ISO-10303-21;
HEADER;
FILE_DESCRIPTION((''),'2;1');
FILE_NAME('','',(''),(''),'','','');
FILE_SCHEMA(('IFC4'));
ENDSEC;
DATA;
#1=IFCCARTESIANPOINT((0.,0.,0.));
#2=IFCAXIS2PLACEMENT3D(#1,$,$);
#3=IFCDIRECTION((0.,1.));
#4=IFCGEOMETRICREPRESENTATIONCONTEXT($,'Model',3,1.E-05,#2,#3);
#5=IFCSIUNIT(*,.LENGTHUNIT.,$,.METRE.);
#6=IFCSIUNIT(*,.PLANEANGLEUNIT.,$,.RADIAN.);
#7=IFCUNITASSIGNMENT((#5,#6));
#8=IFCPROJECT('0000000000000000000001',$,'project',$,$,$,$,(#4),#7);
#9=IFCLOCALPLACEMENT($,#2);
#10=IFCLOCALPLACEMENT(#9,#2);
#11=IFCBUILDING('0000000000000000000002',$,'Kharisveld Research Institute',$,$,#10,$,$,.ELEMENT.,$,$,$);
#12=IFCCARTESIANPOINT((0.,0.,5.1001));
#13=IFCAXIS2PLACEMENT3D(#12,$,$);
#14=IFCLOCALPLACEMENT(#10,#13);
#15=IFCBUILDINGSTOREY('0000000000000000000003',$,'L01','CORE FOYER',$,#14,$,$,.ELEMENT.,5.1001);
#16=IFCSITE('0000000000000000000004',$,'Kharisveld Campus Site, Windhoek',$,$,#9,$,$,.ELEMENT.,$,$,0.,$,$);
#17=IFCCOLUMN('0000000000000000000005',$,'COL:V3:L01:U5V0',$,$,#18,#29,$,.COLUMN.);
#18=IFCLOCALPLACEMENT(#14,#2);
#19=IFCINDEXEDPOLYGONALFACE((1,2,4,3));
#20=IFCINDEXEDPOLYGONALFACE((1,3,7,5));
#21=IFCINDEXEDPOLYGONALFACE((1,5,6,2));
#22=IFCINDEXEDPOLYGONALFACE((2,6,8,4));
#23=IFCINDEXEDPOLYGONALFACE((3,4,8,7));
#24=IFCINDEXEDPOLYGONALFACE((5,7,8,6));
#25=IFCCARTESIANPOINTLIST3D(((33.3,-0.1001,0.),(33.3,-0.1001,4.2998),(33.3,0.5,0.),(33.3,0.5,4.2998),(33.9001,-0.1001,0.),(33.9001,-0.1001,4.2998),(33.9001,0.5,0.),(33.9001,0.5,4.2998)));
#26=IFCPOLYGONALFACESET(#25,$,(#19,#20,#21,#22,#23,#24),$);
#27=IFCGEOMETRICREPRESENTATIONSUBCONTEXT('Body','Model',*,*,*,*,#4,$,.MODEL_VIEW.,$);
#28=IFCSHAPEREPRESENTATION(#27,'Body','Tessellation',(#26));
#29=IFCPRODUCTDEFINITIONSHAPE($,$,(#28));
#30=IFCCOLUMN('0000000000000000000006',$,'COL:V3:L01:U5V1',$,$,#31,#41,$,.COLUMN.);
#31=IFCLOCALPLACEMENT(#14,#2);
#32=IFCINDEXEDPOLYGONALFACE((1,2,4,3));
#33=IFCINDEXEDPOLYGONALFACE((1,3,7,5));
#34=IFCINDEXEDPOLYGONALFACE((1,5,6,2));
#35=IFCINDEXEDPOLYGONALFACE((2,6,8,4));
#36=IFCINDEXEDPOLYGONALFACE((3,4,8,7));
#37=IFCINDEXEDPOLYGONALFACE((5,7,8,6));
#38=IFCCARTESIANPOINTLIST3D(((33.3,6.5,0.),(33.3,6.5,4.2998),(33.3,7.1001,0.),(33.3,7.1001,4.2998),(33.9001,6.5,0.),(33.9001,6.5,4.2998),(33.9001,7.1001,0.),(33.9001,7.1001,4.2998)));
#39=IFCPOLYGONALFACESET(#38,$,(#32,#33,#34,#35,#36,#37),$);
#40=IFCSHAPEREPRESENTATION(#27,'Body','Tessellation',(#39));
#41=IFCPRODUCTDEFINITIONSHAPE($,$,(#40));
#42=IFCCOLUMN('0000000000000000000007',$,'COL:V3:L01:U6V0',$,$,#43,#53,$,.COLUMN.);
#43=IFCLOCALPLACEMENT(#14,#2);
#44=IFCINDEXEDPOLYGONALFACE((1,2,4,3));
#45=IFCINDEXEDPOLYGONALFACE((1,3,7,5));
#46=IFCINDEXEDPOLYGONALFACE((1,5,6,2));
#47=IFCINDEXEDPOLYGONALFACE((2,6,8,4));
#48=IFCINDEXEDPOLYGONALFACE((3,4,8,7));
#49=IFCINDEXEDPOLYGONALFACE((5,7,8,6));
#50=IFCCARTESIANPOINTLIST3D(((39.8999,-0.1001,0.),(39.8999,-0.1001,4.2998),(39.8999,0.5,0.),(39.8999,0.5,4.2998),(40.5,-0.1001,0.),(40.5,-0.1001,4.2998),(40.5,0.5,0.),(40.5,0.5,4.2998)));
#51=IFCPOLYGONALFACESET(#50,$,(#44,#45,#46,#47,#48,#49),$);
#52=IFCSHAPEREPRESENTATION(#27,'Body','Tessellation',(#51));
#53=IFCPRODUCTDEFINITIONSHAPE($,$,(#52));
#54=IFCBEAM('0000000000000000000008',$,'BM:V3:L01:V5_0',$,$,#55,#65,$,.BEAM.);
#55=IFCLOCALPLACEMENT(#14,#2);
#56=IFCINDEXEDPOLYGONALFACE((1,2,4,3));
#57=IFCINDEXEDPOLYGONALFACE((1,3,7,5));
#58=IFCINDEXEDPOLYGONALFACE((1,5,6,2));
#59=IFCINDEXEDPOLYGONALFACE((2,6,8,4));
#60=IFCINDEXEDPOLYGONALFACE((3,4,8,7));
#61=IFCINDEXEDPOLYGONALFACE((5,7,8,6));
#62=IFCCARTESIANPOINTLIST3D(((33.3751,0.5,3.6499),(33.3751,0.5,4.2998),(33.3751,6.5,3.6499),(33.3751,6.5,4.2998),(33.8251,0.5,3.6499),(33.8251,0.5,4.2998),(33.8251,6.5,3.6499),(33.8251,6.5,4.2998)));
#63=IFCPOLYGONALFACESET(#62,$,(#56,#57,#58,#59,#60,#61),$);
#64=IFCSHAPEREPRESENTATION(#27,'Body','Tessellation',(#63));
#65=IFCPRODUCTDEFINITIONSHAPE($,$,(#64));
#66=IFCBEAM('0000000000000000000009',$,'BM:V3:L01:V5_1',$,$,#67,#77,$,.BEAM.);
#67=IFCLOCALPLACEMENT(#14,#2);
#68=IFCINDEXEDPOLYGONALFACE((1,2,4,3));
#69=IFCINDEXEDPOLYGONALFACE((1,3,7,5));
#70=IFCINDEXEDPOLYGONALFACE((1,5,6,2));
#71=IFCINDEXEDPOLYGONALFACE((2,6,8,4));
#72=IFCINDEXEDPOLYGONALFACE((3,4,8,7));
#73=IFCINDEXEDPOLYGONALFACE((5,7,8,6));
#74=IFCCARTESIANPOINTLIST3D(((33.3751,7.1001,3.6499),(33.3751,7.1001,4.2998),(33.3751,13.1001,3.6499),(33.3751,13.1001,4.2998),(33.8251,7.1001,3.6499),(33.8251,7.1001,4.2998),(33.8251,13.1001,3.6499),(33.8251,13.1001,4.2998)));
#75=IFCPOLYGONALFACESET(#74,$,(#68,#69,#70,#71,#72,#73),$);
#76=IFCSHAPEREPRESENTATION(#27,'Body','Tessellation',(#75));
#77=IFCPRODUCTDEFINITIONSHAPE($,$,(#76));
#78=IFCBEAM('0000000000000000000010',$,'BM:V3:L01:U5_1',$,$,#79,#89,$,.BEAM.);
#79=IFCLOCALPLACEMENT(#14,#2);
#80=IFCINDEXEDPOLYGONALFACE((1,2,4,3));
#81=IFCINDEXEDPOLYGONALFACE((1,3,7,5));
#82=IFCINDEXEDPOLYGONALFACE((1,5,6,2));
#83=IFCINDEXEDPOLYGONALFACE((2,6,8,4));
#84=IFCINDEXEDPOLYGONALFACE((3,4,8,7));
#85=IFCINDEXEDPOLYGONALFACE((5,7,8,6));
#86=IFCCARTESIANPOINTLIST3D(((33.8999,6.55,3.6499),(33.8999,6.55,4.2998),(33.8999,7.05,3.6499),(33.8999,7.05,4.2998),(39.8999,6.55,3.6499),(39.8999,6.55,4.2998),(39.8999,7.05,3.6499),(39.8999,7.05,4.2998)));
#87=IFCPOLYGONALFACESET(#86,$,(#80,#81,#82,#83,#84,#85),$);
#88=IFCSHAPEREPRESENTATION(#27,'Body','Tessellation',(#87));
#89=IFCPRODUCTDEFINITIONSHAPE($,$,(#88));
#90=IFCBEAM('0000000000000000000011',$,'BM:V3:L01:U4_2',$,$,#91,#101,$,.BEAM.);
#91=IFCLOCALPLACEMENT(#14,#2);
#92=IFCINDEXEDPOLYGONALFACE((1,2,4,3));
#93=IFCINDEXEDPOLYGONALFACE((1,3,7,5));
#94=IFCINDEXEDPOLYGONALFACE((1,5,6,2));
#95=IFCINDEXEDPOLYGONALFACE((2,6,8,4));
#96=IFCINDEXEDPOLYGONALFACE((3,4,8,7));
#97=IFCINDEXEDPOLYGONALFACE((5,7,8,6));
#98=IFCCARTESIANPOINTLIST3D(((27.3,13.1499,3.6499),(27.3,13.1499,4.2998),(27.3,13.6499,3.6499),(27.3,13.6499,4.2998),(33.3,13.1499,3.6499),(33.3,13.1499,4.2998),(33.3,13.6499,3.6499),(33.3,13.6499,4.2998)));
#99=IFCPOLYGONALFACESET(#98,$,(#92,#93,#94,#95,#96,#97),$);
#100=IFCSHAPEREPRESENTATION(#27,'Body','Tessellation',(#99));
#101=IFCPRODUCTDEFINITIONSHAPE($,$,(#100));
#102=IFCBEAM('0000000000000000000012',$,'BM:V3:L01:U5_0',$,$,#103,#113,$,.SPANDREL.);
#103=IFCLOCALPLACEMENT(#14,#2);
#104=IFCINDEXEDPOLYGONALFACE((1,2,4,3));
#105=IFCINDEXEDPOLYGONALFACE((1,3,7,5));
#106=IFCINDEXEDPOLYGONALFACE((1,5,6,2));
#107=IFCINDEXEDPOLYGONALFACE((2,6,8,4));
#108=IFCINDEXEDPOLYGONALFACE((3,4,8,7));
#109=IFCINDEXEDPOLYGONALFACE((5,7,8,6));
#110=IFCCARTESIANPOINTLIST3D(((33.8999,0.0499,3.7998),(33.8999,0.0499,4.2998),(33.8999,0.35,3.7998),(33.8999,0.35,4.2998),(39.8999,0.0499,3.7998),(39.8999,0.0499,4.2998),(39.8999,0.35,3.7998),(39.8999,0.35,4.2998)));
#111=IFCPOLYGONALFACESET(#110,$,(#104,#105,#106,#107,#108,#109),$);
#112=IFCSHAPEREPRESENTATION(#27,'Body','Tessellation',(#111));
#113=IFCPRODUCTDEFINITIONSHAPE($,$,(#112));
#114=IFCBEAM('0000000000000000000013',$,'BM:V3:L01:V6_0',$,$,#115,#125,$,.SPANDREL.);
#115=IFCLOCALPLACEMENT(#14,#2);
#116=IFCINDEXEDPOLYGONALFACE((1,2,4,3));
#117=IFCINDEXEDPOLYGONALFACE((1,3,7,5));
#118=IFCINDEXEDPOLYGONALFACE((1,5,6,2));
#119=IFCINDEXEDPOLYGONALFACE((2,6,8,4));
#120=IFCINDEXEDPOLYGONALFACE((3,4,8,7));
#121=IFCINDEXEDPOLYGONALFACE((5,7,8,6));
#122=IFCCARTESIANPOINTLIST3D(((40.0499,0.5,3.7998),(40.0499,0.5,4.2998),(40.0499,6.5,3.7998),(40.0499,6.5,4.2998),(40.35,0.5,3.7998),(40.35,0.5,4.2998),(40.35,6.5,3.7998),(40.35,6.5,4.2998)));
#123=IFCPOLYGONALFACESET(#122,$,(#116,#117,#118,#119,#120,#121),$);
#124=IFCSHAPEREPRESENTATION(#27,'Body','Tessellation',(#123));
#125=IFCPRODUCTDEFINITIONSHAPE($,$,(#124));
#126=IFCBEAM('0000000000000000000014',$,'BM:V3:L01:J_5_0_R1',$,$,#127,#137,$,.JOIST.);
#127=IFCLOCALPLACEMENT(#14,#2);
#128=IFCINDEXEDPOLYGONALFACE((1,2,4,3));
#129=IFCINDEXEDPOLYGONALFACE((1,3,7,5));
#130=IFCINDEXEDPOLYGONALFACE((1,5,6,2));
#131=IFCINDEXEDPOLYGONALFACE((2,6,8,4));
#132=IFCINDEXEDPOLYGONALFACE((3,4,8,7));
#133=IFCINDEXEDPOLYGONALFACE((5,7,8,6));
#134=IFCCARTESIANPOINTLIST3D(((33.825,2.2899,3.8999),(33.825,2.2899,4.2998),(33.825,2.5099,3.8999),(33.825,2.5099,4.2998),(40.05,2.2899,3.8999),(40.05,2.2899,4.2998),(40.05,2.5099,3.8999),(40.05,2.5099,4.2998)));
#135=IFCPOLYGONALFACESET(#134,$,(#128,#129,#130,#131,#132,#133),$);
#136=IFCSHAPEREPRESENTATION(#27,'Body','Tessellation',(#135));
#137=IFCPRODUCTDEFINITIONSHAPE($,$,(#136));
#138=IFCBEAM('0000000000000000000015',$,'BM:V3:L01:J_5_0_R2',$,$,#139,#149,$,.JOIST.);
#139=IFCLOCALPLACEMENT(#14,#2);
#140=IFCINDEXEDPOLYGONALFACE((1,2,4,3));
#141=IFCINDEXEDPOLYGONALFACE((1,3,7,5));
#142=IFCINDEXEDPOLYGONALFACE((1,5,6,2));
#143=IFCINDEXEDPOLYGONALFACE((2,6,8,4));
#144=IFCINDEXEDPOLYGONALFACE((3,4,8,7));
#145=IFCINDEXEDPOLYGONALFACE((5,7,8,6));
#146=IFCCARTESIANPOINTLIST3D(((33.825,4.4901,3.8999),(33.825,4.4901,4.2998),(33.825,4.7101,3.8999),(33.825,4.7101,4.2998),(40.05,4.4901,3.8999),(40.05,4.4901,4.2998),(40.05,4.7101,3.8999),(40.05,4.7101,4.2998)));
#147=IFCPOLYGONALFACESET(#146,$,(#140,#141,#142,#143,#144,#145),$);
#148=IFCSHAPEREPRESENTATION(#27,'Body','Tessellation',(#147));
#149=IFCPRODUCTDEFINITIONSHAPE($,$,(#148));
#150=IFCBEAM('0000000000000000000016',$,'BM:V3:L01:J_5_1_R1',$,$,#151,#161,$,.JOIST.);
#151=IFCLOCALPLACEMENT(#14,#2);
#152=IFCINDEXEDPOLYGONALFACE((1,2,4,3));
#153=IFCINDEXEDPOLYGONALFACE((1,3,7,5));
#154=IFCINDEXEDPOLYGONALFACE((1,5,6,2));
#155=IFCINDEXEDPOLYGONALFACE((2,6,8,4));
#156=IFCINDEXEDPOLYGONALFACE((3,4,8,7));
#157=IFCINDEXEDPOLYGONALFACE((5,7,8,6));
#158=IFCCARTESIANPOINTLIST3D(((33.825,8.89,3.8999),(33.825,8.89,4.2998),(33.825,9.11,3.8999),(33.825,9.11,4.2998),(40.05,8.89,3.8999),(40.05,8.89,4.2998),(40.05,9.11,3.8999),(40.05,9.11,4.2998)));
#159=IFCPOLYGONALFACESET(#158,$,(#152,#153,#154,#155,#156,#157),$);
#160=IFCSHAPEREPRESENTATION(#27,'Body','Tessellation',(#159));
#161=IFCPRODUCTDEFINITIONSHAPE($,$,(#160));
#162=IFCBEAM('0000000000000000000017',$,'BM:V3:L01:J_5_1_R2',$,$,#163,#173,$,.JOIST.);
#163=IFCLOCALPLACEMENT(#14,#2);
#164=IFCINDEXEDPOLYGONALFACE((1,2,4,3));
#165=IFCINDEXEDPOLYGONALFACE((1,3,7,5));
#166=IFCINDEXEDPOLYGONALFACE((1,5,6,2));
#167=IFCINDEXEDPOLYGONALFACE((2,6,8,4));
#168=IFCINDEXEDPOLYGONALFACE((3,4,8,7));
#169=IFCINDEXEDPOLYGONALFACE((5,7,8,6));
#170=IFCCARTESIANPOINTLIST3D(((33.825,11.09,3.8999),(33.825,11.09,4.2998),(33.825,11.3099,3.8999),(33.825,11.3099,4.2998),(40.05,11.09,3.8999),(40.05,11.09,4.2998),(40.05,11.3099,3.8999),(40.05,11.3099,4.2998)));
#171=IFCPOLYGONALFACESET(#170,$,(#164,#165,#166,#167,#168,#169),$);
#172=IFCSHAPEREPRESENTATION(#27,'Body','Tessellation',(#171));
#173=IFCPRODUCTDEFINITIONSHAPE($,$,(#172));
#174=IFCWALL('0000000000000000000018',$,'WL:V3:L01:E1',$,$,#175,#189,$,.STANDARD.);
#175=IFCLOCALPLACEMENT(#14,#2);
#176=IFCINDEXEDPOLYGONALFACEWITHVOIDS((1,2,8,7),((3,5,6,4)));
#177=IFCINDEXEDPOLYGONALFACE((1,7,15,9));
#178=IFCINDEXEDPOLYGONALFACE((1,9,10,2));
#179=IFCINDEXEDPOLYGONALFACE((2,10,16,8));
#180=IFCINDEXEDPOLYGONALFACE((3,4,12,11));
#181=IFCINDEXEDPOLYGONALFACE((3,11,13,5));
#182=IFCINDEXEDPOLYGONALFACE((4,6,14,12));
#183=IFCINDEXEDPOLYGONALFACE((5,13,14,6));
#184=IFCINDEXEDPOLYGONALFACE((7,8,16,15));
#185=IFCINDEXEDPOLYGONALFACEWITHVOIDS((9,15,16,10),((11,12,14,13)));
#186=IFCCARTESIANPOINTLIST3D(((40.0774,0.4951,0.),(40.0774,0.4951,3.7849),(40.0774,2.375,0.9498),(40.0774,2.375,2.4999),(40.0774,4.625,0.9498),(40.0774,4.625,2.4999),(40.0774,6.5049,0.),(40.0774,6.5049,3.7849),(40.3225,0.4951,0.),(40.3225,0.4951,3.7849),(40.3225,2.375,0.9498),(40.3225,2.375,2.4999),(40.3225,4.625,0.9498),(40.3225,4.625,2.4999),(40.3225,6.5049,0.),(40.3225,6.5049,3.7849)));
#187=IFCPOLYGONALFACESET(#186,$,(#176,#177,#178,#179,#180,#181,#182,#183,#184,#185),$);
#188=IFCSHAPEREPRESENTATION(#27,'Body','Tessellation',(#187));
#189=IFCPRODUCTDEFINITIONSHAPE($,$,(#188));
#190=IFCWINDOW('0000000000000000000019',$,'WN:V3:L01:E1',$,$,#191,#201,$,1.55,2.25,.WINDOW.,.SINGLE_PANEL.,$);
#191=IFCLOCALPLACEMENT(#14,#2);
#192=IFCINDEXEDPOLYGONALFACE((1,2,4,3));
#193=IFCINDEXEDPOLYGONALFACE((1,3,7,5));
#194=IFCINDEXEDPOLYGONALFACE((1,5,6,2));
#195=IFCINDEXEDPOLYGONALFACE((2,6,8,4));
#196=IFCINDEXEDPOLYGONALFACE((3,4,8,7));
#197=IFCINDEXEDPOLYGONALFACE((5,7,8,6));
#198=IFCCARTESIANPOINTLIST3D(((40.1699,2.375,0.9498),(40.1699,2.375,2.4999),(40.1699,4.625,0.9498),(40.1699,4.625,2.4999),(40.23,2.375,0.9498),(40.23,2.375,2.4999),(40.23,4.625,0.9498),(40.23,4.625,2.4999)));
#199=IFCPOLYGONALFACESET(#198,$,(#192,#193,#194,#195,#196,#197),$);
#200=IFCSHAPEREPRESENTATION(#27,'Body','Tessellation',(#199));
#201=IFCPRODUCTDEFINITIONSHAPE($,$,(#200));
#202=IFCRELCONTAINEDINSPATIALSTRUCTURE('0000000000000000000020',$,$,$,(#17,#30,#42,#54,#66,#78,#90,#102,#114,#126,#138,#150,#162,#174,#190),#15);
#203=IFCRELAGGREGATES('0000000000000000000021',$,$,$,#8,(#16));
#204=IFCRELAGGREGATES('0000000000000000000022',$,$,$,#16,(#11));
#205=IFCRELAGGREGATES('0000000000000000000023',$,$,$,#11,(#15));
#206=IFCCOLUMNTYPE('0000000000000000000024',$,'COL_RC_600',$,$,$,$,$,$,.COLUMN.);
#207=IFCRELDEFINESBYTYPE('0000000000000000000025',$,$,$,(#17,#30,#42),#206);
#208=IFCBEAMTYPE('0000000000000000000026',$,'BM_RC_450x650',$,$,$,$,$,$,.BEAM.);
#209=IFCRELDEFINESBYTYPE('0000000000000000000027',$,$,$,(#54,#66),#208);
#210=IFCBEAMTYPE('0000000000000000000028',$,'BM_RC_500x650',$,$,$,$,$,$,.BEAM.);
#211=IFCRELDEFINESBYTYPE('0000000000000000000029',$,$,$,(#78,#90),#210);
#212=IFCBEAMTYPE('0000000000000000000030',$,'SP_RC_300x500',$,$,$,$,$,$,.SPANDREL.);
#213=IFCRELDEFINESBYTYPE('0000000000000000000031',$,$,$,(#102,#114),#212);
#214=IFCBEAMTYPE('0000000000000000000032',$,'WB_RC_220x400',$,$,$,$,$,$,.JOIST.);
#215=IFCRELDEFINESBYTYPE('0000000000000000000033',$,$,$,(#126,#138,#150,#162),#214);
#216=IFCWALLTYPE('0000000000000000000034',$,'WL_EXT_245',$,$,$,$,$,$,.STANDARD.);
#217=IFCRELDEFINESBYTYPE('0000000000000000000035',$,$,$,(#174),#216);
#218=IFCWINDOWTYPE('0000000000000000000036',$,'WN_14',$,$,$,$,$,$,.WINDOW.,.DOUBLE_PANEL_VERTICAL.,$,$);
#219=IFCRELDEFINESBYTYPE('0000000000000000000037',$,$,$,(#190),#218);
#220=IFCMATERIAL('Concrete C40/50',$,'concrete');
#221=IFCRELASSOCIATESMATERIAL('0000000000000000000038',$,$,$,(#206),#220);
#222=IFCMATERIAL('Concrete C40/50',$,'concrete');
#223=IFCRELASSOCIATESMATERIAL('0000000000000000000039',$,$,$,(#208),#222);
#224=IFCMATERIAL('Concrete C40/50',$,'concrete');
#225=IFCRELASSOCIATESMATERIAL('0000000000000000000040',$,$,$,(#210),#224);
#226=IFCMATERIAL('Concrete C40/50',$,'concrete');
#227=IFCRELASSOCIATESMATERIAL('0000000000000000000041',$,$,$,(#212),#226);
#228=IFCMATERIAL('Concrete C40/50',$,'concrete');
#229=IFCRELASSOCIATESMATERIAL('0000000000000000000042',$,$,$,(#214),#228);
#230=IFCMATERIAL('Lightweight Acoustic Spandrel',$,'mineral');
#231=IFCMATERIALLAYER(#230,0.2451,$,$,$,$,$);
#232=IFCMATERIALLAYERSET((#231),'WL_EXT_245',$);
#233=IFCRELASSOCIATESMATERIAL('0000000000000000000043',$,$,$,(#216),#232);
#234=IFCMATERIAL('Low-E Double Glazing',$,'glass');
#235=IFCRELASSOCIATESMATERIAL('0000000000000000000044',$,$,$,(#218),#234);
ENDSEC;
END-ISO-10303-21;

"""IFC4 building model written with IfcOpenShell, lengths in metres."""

from ifc_helpers import new_model, si_unit, direction, frame, frame_2d, origin, origin_2d, place, context, subcontext, project, spatial, rectangle, extrude, material, layer, layer_set, material_profile, profile_set, type_object, element, fill, save


model = new_model("IFC4")

# Units and contexts
model_context = context("Model", 3, precision=1e-05, world=origin(), true_north=direction((0.0, 1.0)))
body_context = subcontext(model_context, "Body", "Model", "MODEL_VIEW")
ifc_project = project(units=[si_unit("LENGTHUNIT", "METRE"), si_unit("PLANEANGLEUNIT", "RADIAN")], contexts=[model_context])

# Site, building, storey
site_placement = place(None, origin())
site = spatial("IfcSite", under=ifc_project, at=site_placement, Name="Kharisveld Campus Site, Windhoek", CompositionType="ELEMENT", RefElevation=0.0)
building_placement = place(site_placement, origin())
building = spatial("IfcBuilding", under=site, at=building_placement, Name="Kharisveld Research Institute", CompositionType="ELEMENT")
storey_placement = place(building_placement, frame((0.0, 0.0, 5.1001)))
storey = spatial("IfcBuildingStorey", under=building, at=storey_placement, Name="L01", Description="CORE FOYER", CompositionType="ELEMENT", Elevation=5.1001)

# Columns
ifc_material_1 = material(Name="Concrete C40/50", Category="concrete")
ifc_material_profile_1 = material_profile(ifc_material_1, rectangle(XDim=0.6001, YDim=0.6001, at=origin_2d()))
ifc_profile_set_1 = profile_set([ifc_material_profile_1], Name="Concrete C40/50")
column_type = type_object("IfcColumnType", Name="COL_RC_600", PredefinedType="COLUMN", material=ifc_profile_set_1)
for number, where, z_axis, x_axis, name in (
    (1, (33.6001, 0.2, 0.0), (0.0, 0.0, 1.0), (1.0, 0.0, 0.0), "COL:V3:L01:U5V0"),
    (2, (33.6001, 6.8, 0.0), (0.0, 0.0, 1.0), (1.0, 0.0, 0.0), "COL:V3:L01:U5V1"),
    (3, (40.2, 0.2, 0.0), (0.0, 0.0, 1.0), (1.0, 0.0, 0.0), "COL:V3:L01:U6V0"),
):
    element("IfcColumn", number, at=place(storey_placement, frame(where, z_axis=z_axis, x_axis=x_axis)), inside=storey, type_object=column_type, Name=name, PredefinedType="COLUMN", context=body_context, shape_type="SweptSolid", body=[
        extrude(rectangle(XDim=0.6001, YDim=0.6001, at=origin_2d()), origin(), (0.0, 0.0, 1.0), 4.2998),
    ])

# Beams
ifc_material_2 = material(Name="Concrete C40/50", Category="concrete")
ifc_material_profile_2 = material_profile(ifc_material_2, rectangle(XDim=0.45, YDim=0.6499, at=origin_2d()))
ifc_profile_set_2 = profile_set([ifc_material_profile_2], Name="Concrete C40/50")
beam_type_1 = type_object("IfcBeamType", Name="BM_RC_450x650", PredefinedType="BEAM", material=ifc_profile_set_2)
for number, where, z_axis, x_axis, name in (
    (4, (33.6001, 0.5, 3.9749), (0.0, 1.0, 0.0), (-1.0, 0.0, 0.0), "BM:V3:L01:V5_0"),
    (5, (33.6001, 7.1001, 3.9749), (0.0, 1.0, 0.0), (-1.0, 0.0, 0.0), "BM:V3:L01:V5_1"),
):
    element("IfcBeam", number, at=place(storey_placement, frame(where, z_axis=z_axis, x_axis=x_axis)), inside=storey, type_object=beam_type_1, Name=name, PredefinedType="BEAM", context=body_context, shape_type="SweptSolid", body=[
        extrude(rectangle(XDim=0.45, YDim=0.6499, at=origin_2d()), origin(), (0.0, 0.0, 1.0), 6.0),
    ])
ifc_material_3 = material(Name="Concrete C40/50", Category="concrete")
ifc_material_profile_3 = material_profile(ifc_material_3, rectangle(XDim=0.5, YDim=0.6499, at=origin_2d()))
ifc_profile_set_3 = profile_set([ifc_material_profile_3], Name="Concrete C40/50")
beam_type_2 = type_object("IfcBeamType", Name="BM_RC_500x650", PredefinedType="BEAM", material=ifc_profile_set_3)
for number, where, z_axis, x_axis, name in (
    (6, (33.8999, 6.8, 3.9749), (1.0, 0.0, 0.0), (0.0, 1.0, 0.0), "BM:V3:L01:U5_1"),
    (7, (27.3, 13.3999, 3.9749), (1.0, 0.0, 0.0), (0.0, 1.0, 0.0), "BM:V3:L01:U4_2"),
):
    element("IfcBeam", number, at=place(storey_placement, frame(where, z_axis=z_axis, x_axis=x_axis)), inside=storey, type_object=beam_type_2, Name=name, PredefinedType="BEAM", context=body_context, shape_type="SweptSolid", body=[
        extrude(rectangle(XDim=0.5, YDim=0.6499, at=origin_2d()), origin(), (0.0, 0.0, 1.0), 6.0),
    ])
ifc_material_4 = material(Name="Concrete C40/50", Category="concrete")
ifc_material_profile_4 = material_profile(ifc_material_4, rectangle(XDim=0.3, YDim=0.5, at=origin_2d()))
ifc_profile_set_4 = profile_set([ifc_material_profile_4], Name="Concrete C40/50")
beam_type_3 = type_object("IfcBeamType", Name="SP_RC_300x500", PredefinedType="SPANDREL", material=ifc_profile_set_4)
for number, where, z_axis, x_axis, name in (
    (8, (33.8999, 0.2, 4.0498), (1.0, 0.0, 0.0), (0.0, 1.0, 0.0), "BM:V3:L01:U5_0"),
    (9, (40.2, 0.5, 4.0498), (0.0, 1.0, 0.0), (-1.0, 0.0, 0.0), "BM:V3:L01:V6_0"),
):
    element("IfcBeam", number, at=place(storey_placement, frame(where, z_axis=z_axis, x_axis=x_axis)), inside=storey, type_object=beam_type_3, Name=name, PredefinedType="SPANDREL", context=body_context, shape_type="SweptSolid", body=[
        extrude(rectangle(XDim=0.3, YDim=0.5, at=origin_2d()), origin(), (0.0, 0.0, 1.0), 6.0),
    ])
ifc_material_5 = material(Name="Concrete C40/50", Category="concrete")
ifc_material_profile_5 = material_profile(ifc_material_5, rectangle(XDim=0.22, YDim=0.3999, at=origin_2d()))
ifc_profile_set_5 = profile_set([ifc_material_profile_5], Name="Concrete C40/50")
beam_type_4 = type_object("IfcBeamType", Name="WB_RC_220x400", PredefinedType="JOIST", material=ifc_profile_set_5)
for number, where, z_axis, x_axis, name in (
    (10, (33.825, 2.3999, 4.0999), (1.0, 0.0, 0.0), (0.0, 1.0, 0.0), "BM:V3:L01:J_5_0_R1"),
    (11, (33.825, 4.6001, 4.0999), (1.0, 0.0, 0.0), (0.0, 1.0, 0.0), "BM:V3:L01:J_5_0_R2"),
    (12, (33.825, 9.0, 4.0999), (1.0, 0.0, 0.0), (0.0, 1.0, 0.0), "BM:V3:L01:J_5_1_R1"),
    (13, (33.825, 11.2, 4.0999), (1.0, 0.0, 0.0), (0.0, 1.0, 0.0), "BM:V3:L01:J_5_1_R2"),
):
    element("IfcBeam", number, at=place(storey_placement, frame(where, z_axis=z_axis, x_axis=x_axis)), inside=storey, type_object=beam_type_4, Name=name, PredefinedType="JOIST", context=body_context, shape_type="SweptSolid", body=[
        extrude(rectangle(XDim=0.22, YDim=0.3999, at=origin_2d()), origin(), (0.0, 0.0, 1.0), 6.2251),
    ])

# Wall, opening, window
ifc_material_6 = material(Name="Lightweight Acoustic Spandrel", Category="mineral")
ifc_layer_1 = layer(ifc_material_6, 0.2451)
ifc_layer_set_1 = layer_set([ifc_layer_1], Name="WL_EXT_245")
wall_type_1 = type_object("IfcWallType", Name="WL_EXT_245", PredefinedType="STANDARD", material=ifc_layer_set_1)
wall_1_placement = place(storey_placement, frame((40.2, 6.5049, 0.0), z_axis=(0.0, 0.0, 1.0), x_axis=(0.0, -1.0, 0.0)))
wall_1 = element("IfcWall", 14, at=wall_1_placement, inside=storey, type_object=wall_type_1, Name="WL:V3:L01:E1", PredefinedType="STANDARD", context=body_context, shape_type="SweptSolid", body=[
    extrude(rectangle(XDim=6.0098, YDim=0.2451, at=frame_2d((3.0049, 0.0))), origin(), (0.0, 0.0, 1.0), 3.7849),
])
opening_1_placement = place(wall_1_placement, frame((1.8799, 0.0, 0.95)))
opening_1 = element("IfcOpeningElement", 15, at=opening_1_placement, cuts=wall_1, PredefinedType="OPENING", context=body_context, shape_type="SweptSolid", body=[
    extrude(rectangle(XDim=2.25, YDim=1.55, at=frame_2d((1.125, 0.7749))), frame((0.0, 0.1226, 0.0), z_axis=(0.0, -1.0, 0.0), x_axis=(1.0, 0.0, 0.0)), (0.0, 0.0, 1.0), 0.2451),
])
ifc_material_7 = material(Name="Low-E Double Glazing", Category="glass")
window_type_1 = type_object("IfcWindowType", Name="WN_14", PartitioningType="DOUBLE_PANEL_VERTICAL", PredefinedType="WINDOW", material=ifc_material_7)
window_1_placement = place(opening_1_placement, origin())
window_1 = element("IfcWindow", 16, at=window_1_placement, inside=storey, type_object=window_type_1, Name="WN:V3:L01:E1", OverallHeight=1.55, OverallWidth=2.25, PartitioningType="SINGLE_PANEL", PredefinedType="WINDOW", context=body_context, shape_type="SweptSolid", body=[
    extrude(rectangle(XDim=2.25, YDim=1.55, at=frame_2d((1.125, 0.7749))), frame((0.0, 0.03, 0.0), z_axis=(0.0, -1.0, 0.0), x_axis=(1.0, 0.0, 0.0)), (0.0, 0.0, 1.0), 0.0601),
])
fill(opening_1, window_1)

save(model, "model.ifc")
